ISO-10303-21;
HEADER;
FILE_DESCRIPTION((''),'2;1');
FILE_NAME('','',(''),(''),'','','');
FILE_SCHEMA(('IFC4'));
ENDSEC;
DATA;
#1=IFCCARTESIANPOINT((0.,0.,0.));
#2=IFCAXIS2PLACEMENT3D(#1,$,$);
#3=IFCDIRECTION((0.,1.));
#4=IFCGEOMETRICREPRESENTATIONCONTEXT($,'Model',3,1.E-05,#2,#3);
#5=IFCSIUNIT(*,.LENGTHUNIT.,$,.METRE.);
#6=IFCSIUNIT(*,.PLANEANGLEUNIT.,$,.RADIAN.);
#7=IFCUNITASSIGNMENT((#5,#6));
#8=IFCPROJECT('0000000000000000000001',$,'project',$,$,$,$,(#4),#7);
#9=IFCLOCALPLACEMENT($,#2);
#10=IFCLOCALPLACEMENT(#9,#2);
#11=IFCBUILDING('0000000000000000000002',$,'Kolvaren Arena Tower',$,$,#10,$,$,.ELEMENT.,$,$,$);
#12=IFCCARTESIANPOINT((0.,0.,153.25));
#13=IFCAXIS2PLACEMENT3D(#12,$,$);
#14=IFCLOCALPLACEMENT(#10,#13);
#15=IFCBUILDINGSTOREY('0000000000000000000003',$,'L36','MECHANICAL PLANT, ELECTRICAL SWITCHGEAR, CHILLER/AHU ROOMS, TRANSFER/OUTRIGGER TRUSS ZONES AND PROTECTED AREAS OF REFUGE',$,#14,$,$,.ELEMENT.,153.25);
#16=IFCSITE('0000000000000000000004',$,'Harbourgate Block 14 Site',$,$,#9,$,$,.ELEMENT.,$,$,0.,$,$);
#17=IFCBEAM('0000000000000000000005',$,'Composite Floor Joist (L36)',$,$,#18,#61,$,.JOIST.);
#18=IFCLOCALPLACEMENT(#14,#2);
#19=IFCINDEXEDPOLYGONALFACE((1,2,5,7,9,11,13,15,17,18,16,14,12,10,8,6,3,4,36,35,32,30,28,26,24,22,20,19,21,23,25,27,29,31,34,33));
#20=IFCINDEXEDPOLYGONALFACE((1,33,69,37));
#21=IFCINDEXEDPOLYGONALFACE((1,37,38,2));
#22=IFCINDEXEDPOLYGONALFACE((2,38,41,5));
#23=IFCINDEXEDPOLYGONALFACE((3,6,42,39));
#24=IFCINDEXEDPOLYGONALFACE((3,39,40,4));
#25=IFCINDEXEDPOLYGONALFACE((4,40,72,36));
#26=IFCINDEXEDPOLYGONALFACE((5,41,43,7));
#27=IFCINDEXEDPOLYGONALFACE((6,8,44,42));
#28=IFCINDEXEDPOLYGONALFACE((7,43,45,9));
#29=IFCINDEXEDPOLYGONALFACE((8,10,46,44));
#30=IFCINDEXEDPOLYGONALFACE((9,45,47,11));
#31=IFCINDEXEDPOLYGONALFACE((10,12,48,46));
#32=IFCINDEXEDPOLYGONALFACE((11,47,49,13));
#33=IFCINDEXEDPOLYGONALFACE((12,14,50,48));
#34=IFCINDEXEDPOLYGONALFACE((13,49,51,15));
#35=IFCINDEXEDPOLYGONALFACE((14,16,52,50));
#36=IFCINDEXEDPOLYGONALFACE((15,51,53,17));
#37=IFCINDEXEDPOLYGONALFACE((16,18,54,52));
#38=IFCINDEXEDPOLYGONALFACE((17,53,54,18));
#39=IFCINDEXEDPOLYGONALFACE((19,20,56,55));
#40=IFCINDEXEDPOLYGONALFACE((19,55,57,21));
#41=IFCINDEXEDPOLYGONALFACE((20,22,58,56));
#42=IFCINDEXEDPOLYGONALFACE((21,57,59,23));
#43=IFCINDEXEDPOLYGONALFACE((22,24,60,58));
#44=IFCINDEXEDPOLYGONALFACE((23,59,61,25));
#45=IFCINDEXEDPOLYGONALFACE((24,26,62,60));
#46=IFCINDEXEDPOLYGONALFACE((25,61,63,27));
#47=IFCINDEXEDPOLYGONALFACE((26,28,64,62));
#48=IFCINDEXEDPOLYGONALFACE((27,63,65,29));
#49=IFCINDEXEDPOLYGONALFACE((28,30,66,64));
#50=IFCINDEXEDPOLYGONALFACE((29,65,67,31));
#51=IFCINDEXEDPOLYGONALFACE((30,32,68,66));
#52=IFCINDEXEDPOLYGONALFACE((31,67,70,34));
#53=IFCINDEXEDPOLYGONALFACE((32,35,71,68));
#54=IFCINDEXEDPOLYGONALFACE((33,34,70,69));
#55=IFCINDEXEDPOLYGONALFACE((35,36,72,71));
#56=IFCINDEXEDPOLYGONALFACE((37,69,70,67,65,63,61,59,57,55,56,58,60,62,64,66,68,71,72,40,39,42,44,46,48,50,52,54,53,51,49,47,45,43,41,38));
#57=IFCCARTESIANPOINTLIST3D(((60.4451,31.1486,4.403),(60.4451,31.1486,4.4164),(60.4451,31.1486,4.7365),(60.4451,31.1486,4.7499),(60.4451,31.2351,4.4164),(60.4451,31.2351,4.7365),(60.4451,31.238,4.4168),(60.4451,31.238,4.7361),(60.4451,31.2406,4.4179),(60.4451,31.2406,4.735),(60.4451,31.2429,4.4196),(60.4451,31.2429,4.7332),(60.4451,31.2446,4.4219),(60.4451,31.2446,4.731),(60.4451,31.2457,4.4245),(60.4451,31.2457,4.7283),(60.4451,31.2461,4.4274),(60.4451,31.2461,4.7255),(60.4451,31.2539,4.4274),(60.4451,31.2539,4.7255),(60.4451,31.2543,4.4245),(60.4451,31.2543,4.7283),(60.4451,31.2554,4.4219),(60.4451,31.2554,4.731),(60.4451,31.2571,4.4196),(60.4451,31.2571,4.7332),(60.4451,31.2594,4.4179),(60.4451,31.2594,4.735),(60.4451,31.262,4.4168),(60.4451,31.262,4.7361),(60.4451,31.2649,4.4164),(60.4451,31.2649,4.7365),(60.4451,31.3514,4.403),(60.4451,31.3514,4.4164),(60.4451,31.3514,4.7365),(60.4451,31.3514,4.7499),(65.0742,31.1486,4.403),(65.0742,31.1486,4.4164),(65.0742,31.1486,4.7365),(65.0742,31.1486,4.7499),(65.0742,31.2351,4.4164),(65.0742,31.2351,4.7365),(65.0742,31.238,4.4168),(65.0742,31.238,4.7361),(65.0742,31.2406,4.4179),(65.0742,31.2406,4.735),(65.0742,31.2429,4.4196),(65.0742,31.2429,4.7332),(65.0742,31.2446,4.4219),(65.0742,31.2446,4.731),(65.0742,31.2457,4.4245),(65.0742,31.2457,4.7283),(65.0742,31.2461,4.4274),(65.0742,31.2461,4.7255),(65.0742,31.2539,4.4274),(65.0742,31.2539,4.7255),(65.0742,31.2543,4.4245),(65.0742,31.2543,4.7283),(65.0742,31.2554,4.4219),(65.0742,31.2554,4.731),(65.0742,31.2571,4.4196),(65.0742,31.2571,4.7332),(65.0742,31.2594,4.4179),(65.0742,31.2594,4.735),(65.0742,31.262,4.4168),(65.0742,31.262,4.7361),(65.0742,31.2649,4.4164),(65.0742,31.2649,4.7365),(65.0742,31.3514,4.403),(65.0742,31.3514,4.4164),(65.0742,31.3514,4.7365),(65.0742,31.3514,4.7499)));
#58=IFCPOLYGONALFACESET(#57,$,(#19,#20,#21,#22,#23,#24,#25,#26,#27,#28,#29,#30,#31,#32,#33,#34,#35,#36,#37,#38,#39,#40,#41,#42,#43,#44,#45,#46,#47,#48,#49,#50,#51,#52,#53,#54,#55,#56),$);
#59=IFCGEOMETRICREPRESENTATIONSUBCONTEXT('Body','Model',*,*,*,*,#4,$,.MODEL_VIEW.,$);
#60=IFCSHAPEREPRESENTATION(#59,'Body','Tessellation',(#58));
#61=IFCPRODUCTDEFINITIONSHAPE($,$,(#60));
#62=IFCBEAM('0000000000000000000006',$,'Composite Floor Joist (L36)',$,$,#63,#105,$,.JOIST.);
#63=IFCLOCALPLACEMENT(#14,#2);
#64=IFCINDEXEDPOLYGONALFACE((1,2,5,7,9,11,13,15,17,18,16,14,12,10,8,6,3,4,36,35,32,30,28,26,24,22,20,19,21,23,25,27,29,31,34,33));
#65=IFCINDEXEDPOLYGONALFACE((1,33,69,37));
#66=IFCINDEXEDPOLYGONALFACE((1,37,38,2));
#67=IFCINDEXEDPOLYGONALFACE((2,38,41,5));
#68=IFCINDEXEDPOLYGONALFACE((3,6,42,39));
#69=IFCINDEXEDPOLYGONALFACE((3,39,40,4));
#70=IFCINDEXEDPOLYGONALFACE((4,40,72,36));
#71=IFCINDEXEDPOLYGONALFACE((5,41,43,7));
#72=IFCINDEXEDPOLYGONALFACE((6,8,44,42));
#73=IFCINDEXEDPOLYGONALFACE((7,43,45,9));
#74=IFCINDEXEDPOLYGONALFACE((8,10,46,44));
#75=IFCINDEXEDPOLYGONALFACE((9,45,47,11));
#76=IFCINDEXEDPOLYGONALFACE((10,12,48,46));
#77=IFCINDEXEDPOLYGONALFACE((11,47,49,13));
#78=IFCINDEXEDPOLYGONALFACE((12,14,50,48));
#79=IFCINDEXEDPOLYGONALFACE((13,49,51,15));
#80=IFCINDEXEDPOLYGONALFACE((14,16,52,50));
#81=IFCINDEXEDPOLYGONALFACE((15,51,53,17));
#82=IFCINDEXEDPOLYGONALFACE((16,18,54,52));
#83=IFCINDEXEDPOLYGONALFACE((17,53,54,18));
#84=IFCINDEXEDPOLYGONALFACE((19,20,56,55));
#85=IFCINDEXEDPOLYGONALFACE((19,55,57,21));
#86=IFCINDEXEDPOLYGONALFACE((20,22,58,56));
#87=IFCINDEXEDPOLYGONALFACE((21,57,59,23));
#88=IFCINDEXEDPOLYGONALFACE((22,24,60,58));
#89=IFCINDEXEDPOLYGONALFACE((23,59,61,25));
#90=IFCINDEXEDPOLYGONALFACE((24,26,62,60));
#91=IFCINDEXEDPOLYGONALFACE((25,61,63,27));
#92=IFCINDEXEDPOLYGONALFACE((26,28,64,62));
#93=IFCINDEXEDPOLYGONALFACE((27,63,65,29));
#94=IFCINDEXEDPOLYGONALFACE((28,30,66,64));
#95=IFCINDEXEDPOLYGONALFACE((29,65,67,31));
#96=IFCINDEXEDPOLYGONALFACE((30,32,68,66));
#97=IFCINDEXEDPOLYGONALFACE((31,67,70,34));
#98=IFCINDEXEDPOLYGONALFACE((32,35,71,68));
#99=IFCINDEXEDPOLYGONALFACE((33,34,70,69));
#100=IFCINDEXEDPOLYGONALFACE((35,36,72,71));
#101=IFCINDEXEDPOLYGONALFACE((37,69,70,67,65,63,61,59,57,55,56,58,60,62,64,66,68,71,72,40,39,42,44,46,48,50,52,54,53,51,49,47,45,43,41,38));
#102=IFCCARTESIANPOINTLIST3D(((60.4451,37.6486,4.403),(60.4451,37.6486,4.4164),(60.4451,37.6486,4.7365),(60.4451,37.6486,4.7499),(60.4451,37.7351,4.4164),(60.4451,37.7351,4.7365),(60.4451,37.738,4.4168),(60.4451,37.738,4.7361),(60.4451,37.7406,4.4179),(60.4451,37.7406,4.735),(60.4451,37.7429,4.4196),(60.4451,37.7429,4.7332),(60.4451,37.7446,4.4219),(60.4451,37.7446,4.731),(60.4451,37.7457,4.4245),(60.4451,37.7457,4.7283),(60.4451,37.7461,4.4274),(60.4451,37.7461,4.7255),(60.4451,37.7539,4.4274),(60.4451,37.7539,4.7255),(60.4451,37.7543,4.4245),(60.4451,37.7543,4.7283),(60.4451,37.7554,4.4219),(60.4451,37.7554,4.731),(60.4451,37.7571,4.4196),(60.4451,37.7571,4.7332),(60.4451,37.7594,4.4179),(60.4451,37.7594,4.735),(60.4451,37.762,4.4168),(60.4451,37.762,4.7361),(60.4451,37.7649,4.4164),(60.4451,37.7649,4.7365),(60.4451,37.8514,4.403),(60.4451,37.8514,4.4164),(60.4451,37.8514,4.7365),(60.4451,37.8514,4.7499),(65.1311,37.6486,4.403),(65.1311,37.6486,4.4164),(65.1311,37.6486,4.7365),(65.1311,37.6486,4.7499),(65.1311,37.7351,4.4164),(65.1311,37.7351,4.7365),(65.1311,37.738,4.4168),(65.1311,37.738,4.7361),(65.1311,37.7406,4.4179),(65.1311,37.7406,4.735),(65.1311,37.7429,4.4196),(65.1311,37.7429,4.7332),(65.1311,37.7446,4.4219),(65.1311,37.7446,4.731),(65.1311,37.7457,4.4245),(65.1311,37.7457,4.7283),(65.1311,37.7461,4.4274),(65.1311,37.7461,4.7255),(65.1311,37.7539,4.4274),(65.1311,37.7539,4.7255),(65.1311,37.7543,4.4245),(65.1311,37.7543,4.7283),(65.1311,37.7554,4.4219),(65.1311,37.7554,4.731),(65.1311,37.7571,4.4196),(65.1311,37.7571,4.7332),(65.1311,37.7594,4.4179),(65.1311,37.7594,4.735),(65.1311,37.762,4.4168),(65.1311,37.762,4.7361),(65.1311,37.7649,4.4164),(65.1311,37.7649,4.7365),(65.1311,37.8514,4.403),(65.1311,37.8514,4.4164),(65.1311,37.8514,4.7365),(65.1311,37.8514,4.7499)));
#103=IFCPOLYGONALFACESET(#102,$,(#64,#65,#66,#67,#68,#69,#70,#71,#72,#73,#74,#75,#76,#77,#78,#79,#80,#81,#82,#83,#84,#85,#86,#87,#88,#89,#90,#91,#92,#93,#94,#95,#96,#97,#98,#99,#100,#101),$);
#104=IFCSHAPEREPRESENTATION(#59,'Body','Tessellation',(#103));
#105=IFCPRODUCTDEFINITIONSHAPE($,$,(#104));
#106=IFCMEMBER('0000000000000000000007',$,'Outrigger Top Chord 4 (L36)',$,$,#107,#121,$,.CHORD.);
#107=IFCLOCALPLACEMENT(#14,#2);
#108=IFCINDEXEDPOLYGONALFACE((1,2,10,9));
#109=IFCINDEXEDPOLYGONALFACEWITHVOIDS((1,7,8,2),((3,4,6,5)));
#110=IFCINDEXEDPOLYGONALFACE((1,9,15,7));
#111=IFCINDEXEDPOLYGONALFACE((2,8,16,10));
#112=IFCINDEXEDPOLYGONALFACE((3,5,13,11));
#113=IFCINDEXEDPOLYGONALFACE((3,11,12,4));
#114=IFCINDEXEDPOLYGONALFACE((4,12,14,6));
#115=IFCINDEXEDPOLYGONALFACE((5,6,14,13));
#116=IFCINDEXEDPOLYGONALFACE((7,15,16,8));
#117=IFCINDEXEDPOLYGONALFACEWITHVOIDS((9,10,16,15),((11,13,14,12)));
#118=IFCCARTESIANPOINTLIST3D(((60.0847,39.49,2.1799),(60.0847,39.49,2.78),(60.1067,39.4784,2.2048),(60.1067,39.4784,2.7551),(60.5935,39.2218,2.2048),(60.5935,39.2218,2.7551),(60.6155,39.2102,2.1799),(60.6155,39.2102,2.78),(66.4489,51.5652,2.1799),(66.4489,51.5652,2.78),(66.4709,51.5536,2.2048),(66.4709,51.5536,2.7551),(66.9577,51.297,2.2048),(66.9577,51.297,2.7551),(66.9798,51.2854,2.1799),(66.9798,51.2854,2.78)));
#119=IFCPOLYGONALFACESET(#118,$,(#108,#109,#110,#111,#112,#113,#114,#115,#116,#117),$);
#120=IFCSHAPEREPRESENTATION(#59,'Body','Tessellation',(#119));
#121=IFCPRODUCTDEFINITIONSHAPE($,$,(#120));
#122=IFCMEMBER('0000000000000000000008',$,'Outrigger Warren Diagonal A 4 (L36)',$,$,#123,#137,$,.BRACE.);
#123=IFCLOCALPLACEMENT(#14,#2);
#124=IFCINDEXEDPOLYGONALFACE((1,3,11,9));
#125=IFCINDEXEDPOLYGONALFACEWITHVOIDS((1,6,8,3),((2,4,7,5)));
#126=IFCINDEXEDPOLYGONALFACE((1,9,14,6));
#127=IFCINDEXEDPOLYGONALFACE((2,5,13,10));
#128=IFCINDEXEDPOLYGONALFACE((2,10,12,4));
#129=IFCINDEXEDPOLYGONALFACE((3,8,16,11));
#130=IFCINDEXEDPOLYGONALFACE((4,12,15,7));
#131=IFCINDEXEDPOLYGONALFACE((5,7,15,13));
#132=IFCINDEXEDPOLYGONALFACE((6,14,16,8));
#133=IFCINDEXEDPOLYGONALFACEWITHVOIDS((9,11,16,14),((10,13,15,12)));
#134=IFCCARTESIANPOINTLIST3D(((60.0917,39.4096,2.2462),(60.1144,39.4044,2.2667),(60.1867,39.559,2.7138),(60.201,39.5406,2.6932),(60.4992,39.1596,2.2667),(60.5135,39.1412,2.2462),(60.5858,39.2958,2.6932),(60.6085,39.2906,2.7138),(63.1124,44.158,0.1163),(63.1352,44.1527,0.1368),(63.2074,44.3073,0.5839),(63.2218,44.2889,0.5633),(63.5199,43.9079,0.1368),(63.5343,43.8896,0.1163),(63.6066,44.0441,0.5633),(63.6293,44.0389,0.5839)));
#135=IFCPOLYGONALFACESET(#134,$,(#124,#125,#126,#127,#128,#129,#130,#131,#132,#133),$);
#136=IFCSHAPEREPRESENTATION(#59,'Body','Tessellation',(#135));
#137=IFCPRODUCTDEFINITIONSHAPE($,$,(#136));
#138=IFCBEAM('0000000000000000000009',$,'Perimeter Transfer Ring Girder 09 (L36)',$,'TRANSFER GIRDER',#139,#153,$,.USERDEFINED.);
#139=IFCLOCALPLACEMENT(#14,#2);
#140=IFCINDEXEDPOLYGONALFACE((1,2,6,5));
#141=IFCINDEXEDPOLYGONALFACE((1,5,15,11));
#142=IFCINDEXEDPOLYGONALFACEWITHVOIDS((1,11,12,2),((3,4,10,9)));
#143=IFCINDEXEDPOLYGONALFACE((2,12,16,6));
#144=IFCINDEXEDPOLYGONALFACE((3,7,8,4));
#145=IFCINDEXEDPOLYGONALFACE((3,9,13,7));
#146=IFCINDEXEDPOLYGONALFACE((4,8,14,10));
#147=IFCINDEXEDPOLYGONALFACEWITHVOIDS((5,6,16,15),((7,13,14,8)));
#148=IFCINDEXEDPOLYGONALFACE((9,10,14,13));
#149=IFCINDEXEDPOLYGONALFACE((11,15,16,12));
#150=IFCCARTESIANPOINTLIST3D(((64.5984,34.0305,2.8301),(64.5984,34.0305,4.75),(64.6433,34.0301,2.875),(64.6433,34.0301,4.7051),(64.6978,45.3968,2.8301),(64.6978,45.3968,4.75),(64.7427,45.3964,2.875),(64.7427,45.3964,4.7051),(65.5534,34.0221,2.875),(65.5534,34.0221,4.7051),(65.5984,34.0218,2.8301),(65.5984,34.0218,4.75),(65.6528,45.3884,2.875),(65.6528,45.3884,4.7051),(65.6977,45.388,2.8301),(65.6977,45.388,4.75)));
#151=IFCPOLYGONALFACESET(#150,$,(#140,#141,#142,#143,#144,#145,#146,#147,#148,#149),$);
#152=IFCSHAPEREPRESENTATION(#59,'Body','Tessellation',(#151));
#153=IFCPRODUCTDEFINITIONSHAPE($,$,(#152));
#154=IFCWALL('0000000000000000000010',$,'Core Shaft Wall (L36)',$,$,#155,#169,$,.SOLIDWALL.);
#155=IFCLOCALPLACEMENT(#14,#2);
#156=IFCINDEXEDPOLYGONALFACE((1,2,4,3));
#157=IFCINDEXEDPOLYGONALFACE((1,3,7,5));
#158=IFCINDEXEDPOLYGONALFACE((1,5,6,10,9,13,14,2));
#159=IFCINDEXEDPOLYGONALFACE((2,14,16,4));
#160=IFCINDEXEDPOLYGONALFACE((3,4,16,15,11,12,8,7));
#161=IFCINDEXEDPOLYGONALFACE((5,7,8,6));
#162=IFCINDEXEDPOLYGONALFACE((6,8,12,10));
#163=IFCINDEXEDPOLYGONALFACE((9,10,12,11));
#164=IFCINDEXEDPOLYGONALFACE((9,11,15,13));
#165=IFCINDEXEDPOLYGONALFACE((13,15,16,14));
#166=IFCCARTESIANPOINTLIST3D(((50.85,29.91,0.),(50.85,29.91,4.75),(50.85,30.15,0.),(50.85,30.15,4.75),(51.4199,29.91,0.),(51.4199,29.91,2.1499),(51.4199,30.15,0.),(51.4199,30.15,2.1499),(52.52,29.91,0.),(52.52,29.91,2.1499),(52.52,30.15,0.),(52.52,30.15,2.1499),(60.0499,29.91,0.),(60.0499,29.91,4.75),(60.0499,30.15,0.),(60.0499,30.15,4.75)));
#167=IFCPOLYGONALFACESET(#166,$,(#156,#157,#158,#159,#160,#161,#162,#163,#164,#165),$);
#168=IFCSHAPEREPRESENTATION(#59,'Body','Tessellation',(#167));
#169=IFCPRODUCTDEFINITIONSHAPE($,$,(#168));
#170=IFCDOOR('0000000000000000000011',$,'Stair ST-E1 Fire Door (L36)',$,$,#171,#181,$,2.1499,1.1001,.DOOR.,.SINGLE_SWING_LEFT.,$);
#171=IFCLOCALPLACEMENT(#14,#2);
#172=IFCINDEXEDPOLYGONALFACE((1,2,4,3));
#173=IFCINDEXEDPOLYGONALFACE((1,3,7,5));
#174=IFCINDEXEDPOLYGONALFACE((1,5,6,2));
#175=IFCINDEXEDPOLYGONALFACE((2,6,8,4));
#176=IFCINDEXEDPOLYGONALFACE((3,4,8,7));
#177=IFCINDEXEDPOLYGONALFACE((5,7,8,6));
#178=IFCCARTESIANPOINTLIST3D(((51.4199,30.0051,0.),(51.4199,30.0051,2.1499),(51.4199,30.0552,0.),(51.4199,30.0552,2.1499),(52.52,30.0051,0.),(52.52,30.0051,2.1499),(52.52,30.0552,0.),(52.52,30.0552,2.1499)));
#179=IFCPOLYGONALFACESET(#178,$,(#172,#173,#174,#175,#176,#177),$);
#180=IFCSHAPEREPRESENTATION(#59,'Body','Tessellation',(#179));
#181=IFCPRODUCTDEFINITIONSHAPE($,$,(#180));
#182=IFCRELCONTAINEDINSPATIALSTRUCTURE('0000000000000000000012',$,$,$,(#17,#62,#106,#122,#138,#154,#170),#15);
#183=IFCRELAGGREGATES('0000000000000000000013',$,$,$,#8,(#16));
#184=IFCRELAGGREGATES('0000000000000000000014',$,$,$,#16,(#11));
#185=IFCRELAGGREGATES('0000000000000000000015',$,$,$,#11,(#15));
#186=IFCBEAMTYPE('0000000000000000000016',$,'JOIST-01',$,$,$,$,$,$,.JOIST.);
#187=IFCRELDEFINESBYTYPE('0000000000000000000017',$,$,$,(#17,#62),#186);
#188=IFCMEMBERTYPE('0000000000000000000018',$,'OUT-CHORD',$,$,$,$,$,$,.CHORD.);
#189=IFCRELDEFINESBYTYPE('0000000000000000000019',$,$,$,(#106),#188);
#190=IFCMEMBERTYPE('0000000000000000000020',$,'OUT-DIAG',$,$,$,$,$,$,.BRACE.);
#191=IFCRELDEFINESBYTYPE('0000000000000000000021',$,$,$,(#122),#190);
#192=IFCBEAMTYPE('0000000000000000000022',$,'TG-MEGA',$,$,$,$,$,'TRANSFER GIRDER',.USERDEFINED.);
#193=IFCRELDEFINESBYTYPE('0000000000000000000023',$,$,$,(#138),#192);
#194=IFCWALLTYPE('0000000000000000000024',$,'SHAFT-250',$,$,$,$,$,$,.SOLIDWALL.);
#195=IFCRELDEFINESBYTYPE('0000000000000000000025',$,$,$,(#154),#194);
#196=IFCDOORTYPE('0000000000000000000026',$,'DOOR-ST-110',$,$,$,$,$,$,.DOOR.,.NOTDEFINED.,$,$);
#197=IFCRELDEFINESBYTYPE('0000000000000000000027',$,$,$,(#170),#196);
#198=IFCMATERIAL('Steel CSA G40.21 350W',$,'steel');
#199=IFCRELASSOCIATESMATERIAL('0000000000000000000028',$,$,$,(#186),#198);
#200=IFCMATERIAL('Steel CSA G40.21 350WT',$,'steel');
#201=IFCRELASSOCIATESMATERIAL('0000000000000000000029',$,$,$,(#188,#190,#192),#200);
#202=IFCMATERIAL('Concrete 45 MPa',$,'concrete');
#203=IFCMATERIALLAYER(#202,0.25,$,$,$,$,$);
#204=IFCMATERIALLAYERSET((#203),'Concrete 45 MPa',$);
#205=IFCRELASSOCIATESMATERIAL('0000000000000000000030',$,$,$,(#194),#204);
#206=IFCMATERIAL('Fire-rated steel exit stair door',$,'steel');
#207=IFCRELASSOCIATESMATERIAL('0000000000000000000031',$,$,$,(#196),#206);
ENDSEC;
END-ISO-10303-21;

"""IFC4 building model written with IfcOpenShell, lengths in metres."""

from ifc_helpers import new_model, si_unit, direction, frame, frame_2d, origin, origin_2d, place, context, subcontext, project, spatial, rectangle, hollow_rectangle, i_section, extrude, material, layer, layer_set, material_profile, profile_set, type_object, element, fill, save


model = new_model("IFC4")

# Units and contexts
model_context = context("Model", 3, precision=1e-05, world=origin(), true_north=direction((0.0, 1.0)))
body_context = subcontext(model_context, "Body", "Model", "MODEL_VIEW")
ifc_project = project(units=[si_unit("LENGTHUNIT", "METRE"), si_unit("PLANEANGLEUNIT", "RADIAN")], contexts=[model_context])

# Site, building, storey
site_placement = place(None, origin())
site = spatial("IfcSite", under=ifc_project, at=site_placement, Name="Harbourgate Block 14 Site", CompositionType="ELEMENT", RefElevation=0.0)
building_placement = place(site_placement, origin())
building = spatial("IfcBuilding", under=site, at=building_placement, Name="Kolvaren Arena Tower", CompositionType="ELEMENT")
storey_placement = place(building_placement, frame((0.0, 0.0, 153.25)))
storey = spatial("IfcBuildingStorey", under=building, at=storey_placement, Name="L36", Description="MECHANICAL PLANT, ELECTRICAL SWITCHGEAR, CHILLER/AHU ROOMS, TRANSFER/OUTRIGGER TRUSS ZONES AND PROTECTED AREAS OF REFUGE", CompositionType="ELEMENT", Elevation=153.25)

# Shared definitions
ifc_material_1 = material(Name="Steel CSA G40.21 350WT", Category="steel")

# Beams
ifc_material_2 = material(Name="Steel CSA G40.21 350W", Category="steel")
ifc_material_profile_1 = material_profile(ifc_material_2, i_section(OverallWidth=0.2029, OverallDepth=0.3469, WebThickness=0.0078, FlangeThickness=0.0134, FilletRadius=0.011, at=origin_2d()), Name="W360x64")
ifc_profile_set_1 = profile_set([ifc_material_profile_1], Name="Steel CSA G40.21 350W")
beam_type_1 = type_object("IfcBeamType", Name="JOIST-01", PredefinedType="JOIST", material=ifc_profile_set_1)
beam_1_placement = place(storey_placement, frame((60.4451, 31.25, 4.5764), z_axis=(1.0, 0.0, 0.0), x_axis=(0.0, 1.0, 0.0)))
element("IfcBeam", 1, at=beam_1_placement, inside=storey, type_object=beam_type_1, Name="Composite Floor Joist (L36)", PredefinedType="JOIST", context=body_context, shape_type="SweptSolid", body=[
    extrude(i_section(OverallWidth=0.2029, OverallDepth=0.3469, WebThickness=0.0078, FlangeThickness=0.0134, FilletRadius=0.011, at=origin_2d()), origin(), (0.0, 0.0, 1.0), 4.6292),
])
beam_2_placement = place(storey_placement, frame((60.4451, 37.75, 4.5764), z_axis=(1.0, 0.0, 0.0), x_axis=(0.0, 1.0, 0.0)))
element("IfcBeam", 2, at=beam_2_placement, inside=storey, type_object=beam_type_1, Name="Composite Floor Joist (L36)", PredefinedType="JOIST", context=body_context, shape_type="SweptSolid", body=[
    extrude(i_section(OverallWidth=0.2029, OverallDepth=0.3469, WebThickness=0.0078, FlangeThickness=0.0134, FilletRadius=0.011, at=origin_2d()), origin(), (0.0, 0.0, 1.0), 4.686),
])

# Members
ifc_material_profile_2 = material_profile(ifc_material_1, hollow_rectangle(XDim=0.6001, YDim=0.6001, WallThickness=0.0249, at=origin_2d()), Name="HSS 600x600x25")
ifc_profile_set_2 = profile_set([ifc_material_profile_2], Name="Steel CSA G40.21 350WT")
member_type_1 = type_object("IfcMemberType", Name="OUT-CHORD", PredefinedType="CHORD", material=ifc_profile_set_2)
member_1_placement = place(storey_placement, frame((60.3501, 39.3501, 2.48), z_axis=(0.466256, 0.88465, 0.0), x_axis=(-0.88465, 0.466256, 0.0)))
element("IfcMember", 3, at=member_1_placement, inside=storey, type_object=member_type_1, Name="Outrigger Top Chord 4 (L36)", PredefinedType="CHORD", context=body_context, shape_type="SweptSolid", body=[
    extrude(hollow_rectangle(XDim=0.6001, YDim=0.6001, WallThickness=0.0249, at=origin_2d()), origin(), (0.0, 0.0, 1.0), 13.6497),
])
ifc_material_profile_3 = material_profile(ifc_material_1, hollow_rectangle(XDim=0.5, YDim=0.5, WallThickness=0.022, at=origin_2d()), Name="HSS 500x500x22")
ifc_profile_set_3 = profile_set([ifc_material_profile_3], Name="Steel CSA G40.21 350WT")
member_type_2 = type_object("IfcMemberType", Name="OUT-DIAG", PredefinedType="BRACE", material=ifc_profile_set_3)
member_2_placement = place(storey_placement, frame((60.3501, 39.3501, 2.48), z_axis=(0.502013, 0.78911, -0.353961), x_axis=(-0.843733, 0.536763, 0.0)))
element("IfcMember", 4, at=member_2_placement, inside=storey, type_object=member_type_2, Name="Outrigger Warren Diagonal A 4 (L36)", PredefinedType="BRACE", context=body_context, shape_type="SweptSolid", body=[
    extrude(hollow_rectangle(XDim=0.5, YDim=0.5, WallThickness=0.022, at=origin_2d()), origin(), (0.0, 0.0, 1.0), 6.0173),
])

# Beam
ifc_material_profile_4 = material_profile(ifc_material_1, hollow_rectangle(XDim=1.0, YDim=1.9199, WallThickness=0.0449, at=origin_2d()), Name="BOX 1000x1920x45")
ifc_profile_set_4 = profile_set([ifc_material_profile_4], Name="Steel CSA G40.21 350WT")
beam_type_2 = type_object("IfcBeamType", Name="TG-MEGA", ElementType="TRANSFER GIRDER", PredefinedType="USERDEFINED", material=ifc_profile_set_4)
beam_3_placement = place(storey_placement, frame((65.0984, 34.0261, 3.79), z_axis=(0.008742, 0.999962, 0.0), x_axis=(-0.999962, 0.008742, 0.0)))
element("IfcBeam", 5, at=beam_3_placement, inside=storey, type_object=beam_type_2, Name="Perimeter Transfer Ring Girder 09 (L36)", ObjectType="TRANSFER GIRDER", PredefinedType="USERDEFINED", context=body_context, shape_type="SweptSolid", body=[
    extrude(hollow_rectangle(XDim=1.0, YDim=1.9199, WallThickness=0.0449, at=origin_2d()), origin(), (0.0, 0.0, 1.0), 11.3667),
])

# Wall, opening, door
ifc_material_3 = material(Name="Concrete 45 MPa", Category="concrete")
ifc_layer = layer(ifc_material_3, 0.25)
ifc_layer_set = layer_set([ifc_layer], Name="Concrete 45 MPa")
wall_type = type_object("IfcWallType", Name="SHAFT-250", PredefinedType="SOLIDWALL", material=ifc_layer_set)
wall_1_placement = place(storey_placement, frame((60.05, 30.03, 0.0), z_axis=(0.0, 0.0, 1.0), x_axis=(-1.0, 0.0, 0.0)))
wall_1 = element("IfcWall", 6, at=wall_1_placement, inside=storey, type_object=wall_type, Name="Core Shaft Wall (L36)", PredefinedType="SOLIDWALL", context=body_context, shape_type="SweptSolid", body=[
    extrude(rectangle(XDim=9.2, YDim=0.24, at=frame_2d((4.6001, 0.0))), origin(), (0.0, 0.0, 1.0), 4.75),
])
opening_1_placement = place(wall_1_placement, frame((7.53, 0.0, 0.0)))
opening_1 = element("IfcOpeningElement", 7, at=opening_1_placement, cuts=wall_1, PredefinedType="OPENING", context=body_context, shape_type="SweptSolid", body=[
    extrude(rectangle(XDim=1.1001, YDim=2.1499, at=frame_2d((0.55, 1.075))), frame((0.0, 0.1299, 0.0), z_axis=(0.0, -1.0, 0.0), x_axis=(1.0, 0.0, 0.0)), (0.0, 0.0, 1.0), 0.26),
])
ifc_material_4 = material(Name="Fire-rated steel exit stair door", Category="steel")
door_type = type_object("IfcDoorType", Name="DOOR-ST-110", OperationType="NOTDEFINED", PredefinedType="DOOR", material=ifc_material_4)
door_1_placement = place(opening_1_placement, origin())
door_1 = element("IfcDoor", 8, at=door_1_placement, inside=storey, type_object=door_type, Name="Stair ST-E1 Fire Door (L36)", OperationType="SINGLE_SWING_LEFT", OverallHeight=2.1499, OverallWidth=1.1001, PredefinedType="DOOR", context=body_context, shape_type="SweptSolid", body=[
    extrude(rectangle(XDim=1.1001, YDim=2.1499, at=frame_2d((0.55, 1.075))), frame((0.0, 0.0249, 0.0), z_axis=(0.0, -1.0, 0.0), x_axis=(1.0, 0.0, 0.0)), (0.0, 0.0, 1.0), 0.05),
])
fill(opening_1, door_1)

save(model, "model.ifc")
